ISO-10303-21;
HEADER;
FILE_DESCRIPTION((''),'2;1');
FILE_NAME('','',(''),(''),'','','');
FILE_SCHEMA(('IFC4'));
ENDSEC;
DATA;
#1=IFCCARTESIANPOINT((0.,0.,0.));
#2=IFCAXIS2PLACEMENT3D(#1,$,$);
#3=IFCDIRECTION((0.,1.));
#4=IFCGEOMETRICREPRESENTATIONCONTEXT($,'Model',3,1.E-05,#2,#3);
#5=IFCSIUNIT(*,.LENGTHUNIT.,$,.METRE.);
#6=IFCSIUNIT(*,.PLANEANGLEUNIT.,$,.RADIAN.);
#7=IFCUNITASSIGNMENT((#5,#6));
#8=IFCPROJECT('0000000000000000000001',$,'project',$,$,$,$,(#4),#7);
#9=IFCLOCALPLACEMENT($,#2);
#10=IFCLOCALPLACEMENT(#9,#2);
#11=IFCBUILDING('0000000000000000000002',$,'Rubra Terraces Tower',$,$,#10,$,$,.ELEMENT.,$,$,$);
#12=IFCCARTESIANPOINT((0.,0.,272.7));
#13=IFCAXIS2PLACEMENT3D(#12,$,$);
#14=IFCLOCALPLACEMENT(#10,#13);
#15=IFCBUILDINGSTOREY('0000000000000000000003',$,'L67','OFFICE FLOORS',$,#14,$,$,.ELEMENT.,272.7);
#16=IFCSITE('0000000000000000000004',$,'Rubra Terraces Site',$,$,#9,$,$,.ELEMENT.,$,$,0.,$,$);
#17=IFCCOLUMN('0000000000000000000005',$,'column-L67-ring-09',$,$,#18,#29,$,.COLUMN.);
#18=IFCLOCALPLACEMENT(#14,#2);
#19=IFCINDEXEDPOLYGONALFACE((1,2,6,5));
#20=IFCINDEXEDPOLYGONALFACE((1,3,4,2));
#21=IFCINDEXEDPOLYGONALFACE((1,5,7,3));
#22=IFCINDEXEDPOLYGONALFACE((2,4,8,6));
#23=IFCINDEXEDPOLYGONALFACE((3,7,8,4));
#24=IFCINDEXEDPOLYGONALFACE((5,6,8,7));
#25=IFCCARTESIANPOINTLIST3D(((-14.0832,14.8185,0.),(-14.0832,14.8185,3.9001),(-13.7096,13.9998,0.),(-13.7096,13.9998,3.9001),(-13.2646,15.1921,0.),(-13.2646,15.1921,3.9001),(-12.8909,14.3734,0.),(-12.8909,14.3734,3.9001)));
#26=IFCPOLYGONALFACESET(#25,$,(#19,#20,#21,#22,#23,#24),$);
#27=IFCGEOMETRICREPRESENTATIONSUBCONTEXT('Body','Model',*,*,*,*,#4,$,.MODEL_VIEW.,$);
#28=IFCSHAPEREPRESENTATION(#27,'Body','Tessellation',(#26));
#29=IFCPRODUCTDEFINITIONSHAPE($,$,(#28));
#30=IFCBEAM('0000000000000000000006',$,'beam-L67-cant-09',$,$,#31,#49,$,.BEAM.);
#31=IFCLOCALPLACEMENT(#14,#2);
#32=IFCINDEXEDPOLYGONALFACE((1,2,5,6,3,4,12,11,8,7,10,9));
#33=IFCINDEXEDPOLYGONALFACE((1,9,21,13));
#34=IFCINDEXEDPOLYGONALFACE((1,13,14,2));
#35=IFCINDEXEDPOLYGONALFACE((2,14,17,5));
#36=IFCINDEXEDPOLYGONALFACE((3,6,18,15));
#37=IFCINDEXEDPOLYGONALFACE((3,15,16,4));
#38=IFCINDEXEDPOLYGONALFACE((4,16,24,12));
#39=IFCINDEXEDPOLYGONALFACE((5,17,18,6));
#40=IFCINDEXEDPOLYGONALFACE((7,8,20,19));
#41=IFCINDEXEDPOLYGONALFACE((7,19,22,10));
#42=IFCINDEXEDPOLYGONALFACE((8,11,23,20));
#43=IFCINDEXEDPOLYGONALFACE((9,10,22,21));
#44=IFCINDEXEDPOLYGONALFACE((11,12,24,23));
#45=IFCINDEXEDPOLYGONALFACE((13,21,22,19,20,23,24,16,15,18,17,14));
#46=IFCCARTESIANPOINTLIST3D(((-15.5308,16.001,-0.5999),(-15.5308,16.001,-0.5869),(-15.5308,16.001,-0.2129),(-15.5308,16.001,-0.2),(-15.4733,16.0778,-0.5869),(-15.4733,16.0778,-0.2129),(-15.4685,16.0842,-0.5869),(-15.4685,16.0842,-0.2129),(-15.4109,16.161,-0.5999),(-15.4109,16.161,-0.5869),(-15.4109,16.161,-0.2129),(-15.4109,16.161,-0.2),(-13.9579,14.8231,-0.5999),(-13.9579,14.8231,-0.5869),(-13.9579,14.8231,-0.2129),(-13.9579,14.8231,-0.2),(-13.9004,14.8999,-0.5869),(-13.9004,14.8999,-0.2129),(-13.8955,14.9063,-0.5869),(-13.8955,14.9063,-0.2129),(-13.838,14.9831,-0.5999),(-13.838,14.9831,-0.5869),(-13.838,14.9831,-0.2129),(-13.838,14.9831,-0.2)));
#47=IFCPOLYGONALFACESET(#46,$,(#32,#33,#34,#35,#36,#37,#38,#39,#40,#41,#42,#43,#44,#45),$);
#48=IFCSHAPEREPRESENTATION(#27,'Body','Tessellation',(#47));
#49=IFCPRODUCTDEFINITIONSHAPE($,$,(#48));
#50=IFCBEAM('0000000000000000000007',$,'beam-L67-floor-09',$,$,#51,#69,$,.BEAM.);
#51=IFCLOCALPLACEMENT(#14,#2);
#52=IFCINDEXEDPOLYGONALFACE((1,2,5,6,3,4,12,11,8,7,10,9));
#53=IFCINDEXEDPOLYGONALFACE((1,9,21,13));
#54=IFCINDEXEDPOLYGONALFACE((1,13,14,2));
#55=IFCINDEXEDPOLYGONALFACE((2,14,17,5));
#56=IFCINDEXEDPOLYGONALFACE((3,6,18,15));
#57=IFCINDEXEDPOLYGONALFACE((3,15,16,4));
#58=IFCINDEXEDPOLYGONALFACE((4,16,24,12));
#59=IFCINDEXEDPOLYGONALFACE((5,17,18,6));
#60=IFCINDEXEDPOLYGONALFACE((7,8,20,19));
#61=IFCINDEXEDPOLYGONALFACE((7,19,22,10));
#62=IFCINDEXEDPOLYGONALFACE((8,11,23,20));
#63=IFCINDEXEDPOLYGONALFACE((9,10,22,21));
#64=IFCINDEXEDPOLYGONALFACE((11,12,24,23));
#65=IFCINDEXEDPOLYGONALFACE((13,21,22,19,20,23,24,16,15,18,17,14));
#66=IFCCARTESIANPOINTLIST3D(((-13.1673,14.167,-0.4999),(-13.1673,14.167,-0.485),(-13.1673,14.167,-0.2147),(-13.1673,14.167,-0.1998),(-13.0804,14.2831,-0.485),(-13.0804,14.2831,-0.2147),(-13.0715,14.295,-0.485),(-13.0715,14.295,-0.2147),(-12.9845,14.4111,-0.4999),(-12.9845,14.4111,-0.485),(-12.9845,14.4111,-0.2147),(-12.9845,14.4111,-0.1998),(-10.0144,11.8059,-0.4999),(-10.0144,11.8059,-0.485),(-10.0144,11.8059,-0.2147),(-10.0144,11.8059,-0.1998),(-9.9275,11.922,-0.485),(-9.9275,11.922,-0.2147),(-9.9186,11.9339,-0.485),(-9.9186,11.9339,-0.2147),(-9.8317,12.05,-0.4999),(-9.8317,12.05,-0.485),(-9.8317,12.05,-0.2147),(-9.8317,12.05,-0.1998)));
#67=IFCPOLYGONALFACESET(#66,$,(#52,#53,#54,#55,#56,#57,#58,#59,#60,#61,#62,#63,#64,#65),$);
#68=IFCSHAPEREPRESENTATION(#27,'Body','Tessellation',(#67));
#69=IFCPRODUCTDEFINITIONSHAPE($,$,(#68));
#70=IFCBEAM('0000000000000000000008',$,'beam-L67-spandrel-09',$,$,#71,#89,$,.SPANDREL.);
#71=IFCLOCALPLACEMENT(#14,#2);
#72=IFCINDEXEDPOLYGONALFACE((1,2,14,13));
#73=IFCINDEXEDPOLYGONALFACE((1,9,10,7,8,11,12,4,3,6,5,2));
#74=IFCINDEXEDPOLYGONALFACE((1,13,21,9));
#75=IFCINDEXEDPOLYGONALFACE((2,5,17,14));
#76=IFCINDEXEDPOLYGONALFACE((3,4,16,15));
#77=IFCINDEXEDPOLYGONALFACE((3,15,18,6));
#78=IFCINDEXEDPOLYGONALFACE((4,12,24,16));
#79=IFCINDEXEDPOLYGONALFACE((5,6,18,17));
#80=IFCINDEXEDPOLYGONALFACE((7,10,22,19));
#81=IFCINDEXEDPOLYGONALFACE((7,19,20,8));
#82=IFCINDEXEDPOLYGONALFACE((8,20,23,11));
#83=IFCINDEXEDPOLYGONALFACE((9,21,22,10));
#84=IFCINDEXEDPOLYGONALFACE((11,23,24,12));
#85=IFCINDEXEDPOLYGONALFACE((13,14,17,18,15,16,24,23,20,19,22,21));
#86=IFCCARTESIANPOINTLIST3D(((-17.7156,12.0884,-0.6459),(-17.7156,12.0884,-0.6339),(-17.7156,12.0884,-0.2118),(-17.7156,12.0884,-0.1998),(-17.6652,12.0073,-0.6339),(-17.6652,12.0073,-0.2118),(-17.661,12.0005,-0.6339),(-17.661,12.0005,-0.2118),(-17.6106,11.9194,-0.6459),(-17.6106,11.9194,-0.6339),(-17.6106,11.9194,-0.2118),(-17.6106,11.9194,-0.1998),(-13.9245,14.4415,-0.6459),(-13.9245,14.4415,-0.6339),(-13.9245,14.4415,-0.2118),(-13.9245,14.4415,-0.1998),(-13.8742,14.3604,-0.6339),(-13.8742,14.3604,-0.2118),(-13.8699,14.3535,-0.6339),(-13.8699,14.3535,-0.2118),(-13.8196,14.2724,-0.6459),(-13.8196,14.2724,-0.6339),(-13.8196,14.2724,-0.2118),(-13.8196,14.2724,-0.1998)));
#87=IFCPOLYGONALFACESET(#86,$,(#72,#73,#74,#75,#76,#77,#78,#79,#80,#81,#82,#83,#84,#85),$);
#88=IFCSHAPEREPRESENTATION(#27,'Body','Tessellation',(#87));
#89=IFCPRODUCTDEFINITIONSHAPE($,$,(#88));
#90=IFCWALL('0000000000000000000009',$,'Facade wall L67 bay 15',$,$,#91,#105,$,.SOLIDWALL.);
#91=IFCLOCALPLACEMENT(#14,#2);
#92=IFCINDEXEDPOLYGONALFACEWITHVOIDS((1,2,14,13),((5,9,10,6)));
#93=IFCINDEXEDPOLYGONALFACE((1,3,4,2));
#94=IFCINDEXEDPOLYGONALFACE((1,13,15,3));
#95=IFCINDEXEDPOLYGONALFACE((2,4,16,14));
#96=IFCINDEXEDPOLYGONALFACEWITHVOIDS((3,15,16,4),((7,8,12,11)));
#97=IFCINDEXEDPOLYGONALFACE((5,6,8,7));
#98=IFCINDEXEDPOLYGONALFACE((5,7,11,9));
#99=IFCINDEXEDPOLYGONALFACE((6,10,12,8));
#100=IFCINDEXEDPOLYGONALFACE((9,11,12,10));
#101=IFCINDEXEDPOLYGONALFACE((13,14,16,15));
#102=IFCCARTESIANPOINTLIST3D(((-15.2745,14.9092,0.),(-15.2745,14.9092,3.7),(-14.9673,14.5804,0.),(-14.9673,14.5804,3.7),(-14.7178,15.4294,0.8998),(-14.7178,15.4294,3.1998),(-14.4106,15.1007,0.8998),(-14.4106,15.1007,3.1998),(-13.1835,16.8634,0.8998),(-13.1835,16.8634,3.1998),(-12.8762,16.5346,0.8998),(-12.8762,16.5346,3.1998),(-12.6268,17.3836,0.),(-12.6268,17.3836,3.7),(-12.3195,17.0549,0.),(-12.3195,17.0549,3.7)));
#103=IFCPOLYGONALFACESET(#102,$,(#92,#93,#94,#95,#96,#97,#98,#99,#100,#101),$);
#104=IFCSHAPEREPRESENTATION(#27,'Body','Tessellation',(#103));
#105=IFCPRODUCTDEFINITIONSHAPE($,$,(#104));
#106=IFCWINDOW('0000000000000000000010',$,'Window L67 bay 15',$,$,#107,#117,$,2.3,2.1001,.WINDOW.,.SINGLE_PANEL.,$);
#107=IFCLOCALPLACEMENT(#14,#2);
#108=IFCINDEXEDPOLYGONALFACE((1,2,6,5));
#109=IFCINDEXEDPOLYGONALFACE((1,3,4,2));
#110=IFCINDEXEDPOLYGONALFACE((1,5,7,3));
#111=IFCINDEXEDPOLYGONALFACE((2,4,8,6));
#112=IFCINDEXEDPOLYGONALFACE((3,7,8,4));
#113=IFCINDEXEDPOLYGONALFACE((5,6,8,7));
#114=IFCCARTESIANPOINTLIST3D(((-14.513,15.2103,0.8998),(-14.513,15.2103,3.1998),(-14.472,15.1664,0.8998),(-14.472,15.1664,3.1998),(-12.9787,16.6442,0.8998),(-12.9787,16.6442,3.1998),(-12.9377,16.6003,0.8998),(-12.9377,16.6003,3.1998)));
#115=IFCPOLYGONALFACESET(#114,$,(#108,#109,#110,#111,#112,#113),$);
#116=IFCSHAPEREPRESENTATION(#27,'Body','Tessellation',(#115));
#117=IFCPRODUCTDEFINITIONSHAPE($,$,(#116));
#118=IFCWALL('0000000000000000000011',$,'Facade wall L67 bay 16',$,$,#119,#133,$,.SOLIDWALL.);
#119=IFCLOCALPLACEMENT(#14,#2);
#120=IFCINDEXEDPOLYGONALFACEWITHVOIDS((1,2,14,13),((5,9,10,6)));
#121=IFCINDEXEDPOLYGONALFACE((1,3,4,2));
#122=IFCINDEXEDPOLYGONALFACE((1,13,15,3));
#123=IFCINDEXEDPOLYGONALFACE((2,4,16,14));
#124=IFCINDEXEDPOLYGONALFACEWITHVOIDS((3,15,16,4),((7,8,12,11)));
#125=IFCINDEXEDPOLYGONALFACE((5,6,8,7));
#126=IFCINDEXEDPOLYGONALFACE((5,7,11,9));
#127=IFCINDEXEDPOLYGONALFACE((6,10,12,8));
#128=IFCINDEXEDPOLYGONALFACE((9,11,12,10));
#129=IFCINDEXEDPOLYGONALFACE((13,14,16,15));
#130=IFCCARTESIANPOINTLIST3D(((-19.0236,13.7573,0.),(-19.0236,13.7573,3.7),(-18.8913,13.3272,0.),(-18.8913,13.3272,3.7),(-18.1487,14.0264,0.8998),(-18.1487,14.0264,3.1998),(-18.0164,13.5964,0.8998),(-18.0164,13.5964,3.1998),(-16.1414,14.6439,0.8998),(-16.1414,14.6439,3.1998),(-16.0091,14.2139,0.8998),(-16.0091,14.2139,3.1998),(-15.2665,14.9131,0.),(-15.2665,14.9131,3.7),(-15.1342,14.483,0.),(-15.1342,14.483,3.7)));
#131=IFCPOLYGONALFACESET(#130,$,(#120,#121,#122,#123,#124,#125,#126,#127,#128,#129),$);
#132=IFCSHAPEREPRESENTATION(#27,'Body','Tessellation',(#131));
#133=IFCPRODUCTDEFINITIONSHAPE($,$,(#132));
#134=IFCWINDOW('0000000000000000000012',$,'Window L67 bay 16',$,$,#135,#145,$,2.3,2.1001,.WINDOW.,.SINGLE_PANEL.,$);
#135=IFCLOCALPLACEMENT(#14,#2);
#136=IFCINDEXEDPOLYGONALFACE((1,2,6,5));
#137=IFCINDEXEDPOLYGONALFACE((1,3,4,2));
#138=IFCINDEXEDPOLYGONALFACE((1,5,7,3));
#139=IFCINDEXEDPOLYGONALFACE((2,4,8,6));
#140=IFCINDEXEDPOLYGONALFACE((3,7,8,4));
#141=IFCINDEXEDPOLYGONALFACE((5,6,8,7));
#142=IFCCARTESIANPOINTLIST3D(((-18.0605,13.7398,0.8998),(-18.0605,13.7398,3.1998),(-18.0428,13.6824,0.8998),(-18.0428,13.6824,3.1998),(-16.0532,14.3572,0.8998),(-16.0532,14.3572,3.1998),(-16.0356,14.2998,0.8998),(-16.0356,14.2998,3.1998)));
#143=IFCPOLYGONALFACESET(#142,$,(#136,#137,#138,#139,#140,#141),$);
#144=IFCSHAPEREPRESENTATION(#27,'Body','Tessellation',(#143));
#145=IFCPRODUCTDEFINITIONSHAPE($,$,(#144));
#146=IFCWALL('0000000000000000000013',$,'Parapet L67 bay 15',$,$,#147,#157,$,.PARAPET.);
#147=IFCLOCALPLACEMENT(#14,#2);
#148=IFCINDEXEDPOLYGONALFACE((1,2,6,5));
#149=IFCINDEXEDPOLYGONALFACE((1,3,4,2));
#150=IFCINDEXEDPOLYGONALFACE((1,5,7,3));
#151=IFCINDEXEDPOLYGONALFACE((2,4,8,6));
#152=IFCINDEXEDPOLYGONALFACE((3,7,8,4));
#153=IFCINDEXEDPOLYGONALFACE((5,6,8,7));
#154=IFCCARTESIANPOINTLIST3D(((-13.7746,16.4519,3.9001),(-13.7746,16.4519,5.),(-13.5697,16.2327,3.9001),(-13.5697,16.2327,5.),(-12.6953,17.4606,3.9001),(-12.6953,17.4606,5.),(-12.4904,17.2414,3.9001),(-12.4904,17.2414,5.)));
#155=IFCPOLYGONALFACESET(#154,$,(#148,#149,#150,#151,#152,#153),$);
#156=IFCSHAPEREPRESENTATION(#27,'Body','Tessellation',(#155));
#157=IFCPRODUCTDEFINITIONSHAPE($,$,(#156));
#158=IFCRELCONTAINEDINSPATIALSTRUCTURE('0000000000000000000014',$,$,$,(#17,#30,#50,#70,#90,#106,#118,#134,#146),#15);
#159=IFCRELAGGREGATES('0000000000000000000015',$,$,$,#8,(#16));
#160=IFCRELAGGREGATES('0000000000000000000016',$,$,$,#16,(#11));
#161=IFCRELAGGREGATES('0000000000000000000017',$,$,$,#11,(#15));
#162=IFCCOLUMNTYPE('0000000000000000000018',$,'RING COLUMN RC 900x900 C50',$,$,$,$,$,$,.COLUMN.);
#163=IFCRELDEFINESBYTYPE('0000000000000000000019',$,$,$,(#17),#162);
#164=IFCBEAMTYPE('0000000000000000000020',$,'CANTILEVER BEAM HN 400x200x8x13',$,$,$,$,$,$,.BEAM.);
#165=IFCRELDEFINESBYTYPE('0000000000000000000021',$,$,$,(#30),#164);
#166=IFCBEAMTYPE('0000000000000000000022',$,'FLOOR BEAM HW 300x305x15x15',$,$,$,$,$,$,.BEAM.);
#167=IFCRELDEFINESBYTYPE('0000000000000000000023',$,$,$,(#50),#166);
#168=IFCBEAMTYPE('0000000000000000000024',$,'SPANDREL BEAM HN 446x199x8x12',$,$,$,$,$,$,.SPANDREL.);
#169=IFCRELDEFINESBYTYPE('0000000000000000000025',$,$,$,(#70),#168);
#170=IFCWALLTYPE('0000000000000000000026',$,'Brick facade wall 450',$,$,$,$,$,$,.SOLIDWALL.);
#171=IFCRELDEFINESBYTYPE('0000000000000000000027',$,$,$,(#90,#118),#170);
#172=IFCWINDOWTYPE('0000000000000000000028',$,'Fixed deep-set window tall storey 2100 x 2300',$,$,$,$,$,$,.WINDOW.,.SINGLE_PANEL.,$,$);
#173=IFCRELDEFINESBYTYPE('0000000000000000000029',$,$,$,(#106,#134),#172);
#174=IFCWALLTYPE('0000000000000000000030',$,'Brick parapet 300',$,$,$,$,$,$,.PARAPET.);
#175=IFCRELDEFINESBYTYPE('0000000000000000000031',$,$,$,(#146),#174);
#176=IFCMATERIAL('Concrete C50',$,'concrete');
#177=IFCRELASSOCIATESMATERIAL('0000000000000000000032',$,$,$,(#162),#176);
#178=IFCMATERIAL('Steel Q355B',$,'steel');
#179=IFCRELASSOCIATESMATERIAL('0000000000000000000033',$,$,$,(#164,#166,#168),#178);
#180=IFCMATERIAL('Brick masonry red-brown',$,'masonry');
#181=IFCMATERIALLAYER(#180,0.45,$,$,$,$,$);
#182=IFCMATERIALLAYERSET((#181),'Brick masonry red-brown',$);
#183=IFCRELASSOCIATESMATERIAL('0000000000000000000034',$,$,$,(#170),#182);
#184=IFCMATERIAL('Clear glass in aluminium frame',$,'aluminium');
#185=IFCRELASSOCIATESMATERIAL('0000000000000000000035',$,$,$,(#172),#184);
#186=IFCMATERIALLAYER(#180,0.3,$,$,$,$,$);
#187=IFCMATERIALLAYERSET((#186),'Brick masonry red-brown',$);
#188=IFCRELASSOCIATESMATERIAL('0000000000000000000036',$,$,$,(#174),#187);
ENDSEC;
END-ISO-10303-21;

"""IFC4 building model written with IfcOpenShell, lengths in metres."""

from ifc_helpers import new_model, si_unit, direction, frame, frame_2d, origin, origin_2d, place, context, subcontext, project, spatial, rectangle, i_section, extrude, material, layer, layer_set, material_profile, profile_set, type_object, element, fill, save


model = new_model("IFC4")

# Units and contexts
model_context = context("Model", 3, precision=1e-05, world=origin(), true_north=direction((0.0, 1.0)))
body_context = subcontext(model_context, "Body", "Model", "MODEL_VIEW")
ifc_project = project(units=[si_unit("LENGTHUNIT", "METRE"), si_unit("PLANEANGLEUNIT", "RADIAN")], contexts=[model_context])

# Site, building, storey
site_placement = place(None, origin())
site = spatial("IfcSite", under=ifc_project, at=site_placement, Name="Rubra Terraces Site", CompositionType="ELEMENT", RefElevation=0.0)
building_placement = place(site_placement, origin())
building = spatial("IfcBuilding", under=site, at=building_placement, Name="Rubra Terraces Tower", CompositionType="ELEMENT")
storey_placement = place(building_placement, frame((0.0, 0.0, 272.7)))
storey = spatial("IfcBuildingStorey", under=building, at=storey_placement, Name="L67", Description="OFFICE FLOORS", CompositionType="ELEMENT", Elevation=272.7)

# Column
ifc_material_1 = material(Name="Concrete C50", Category="concrete")
ifc_material_profile_1 = material_profile(ifc_material_1, rectangle(XDim=0.8999, YDim=0.8999, at=origin_2d()), Name="RC 900x900")
ifc_profile_set_1 = profile_set([ifc_material_profile_1], Name="Concrete C50")
column_type = type_object("IfcColumnType", Name="RING COLUMN RC 900x900 C50", PredefinedType="COLUMN", material=ifc_profile_set_1)
column_placement = place(storey_placement, frame((-13.4871, 14.5959, 0.0), z_axis=(0.0, 0.0, 1.0), x_axis=(-0.909726, -0.415208, 0.0)))
element("IfcColumn", 1, at=column_placement, inside=storey, type_object=column_type, Name="column-L67-ring-09", PredefinedType="COLUMN", context=body_context, shape_type="SweptSolid", body=[
    extrude(rectangle(XDim=0.8999, YDim=0.8999, at=origin_2d()), origin(), (0.0, 0.0, 1.0), 3.9001),
])

# Beams
ifc_material_2 = material(Name="Steel Q355B", Category="steel")
ifc_material_profile_2 = material_profile(ifc_material_2, i_section(OverallWidth=0.2, OverallDepth=0.3999, WebThickness=0.0081, FlangeThickness=0.0129, at=origin_2d()), Name="HN 400x200x8x13")
ifc_profile_set_2 = profile_set([ifc_material_profile_2], Name="Steel Q355B")
beam_type_1 = type_object("IfcBeamType", Name="CANTILEVER BEAM HN 400x200x8x13", PredefinedType="BEAM", material=ifc_profile_set_2)
beam_1_placement = place(storey_placement, frame((-13.8979, 14.9031, -0.3999), z_axis=(-0.800432, 0.599423, 0.0), x_axis=(-0.599423, -0.800432, 0.0)))
element("IfcBeam", 2, at=beam_1_placement, inside=storey, type_object=beam_type_1, Name="beam-L67-cant-09", PredefinedType="BEAM", context=body_context, shape_type="SweptSolid", body=[
    extrude(i_section(OverallWidth=0.2, OverallDepth=0.3999, WebThickness=0.0081, FlangeThickness=0.0129, at=origin_2d()), origin(), (0.0, 0.0, 1.0), 1.9651),
])
ifc_material_profile_3 = material_profile(ifc_material_2, i_section(OverallWidth=0.3049, OverallDepth=0.3, WebThickness=0.0149, FlangeThickness=0.0149, at=origin_2d()), Name="HW 300x305x15x15")
ifc_profile_set_3 = profile_set([ifc_material_profile_3], Name="Steel Q355B")
beam_type_2 = type_object("IfcBeamType", Name="FLOOR BEAM HW 300x305x15x15", PredefinedType="BEAM", material=ifc_profile_set_3)
beam_2_placement = place(storey_placement, frame((-13.0759, 14.2891, -0.3499), z_axis=(0.800431, -0.599425, 0.0), x_axis=(0.599425, 0.800431, 0.0)))
element("IfcBeam", 3, at=beam_2_placement, inside=storey, type_object=beam_type_2, Name="beam-L67-floor-09", PredefinedType="BEAM", context=body_context, shape_type="SweptSolid", body=[
    extrude(i_section(OverallWidth=0.3049, OverallDepth=0.3, WebThickness=0.0149, FlangeThickness=0.0149, at=origin_2d()), origin(), (0.0, 0.0, 1.0), 3.939),
])
ifc_material_profile_4 = material_profile(ifc_material_2, i_section(OverallWidth=0.199, OverallDepth=0.446, WebThickness=0.0081, FlangeThickness=0.012, at=origin_2d()), Name="HN 446x199x8x12")
ifc_profile_set_4 = profile_set([ifc_material_profile_4], Name="Steel Q355B")
beam_type_3 = type_object("IfcBeamType", Name="SPANDREL BEAM HN 446x199x8x12", PredefinedType="SPANDREL", material=ifc_profile_set_4)
beam_3_placement = place(storey_placement, frame((-13.8721, 14.3569, -0.4229), z_axis=(-0.849642, -0.52736, 0.0), x_axis=(0.52736, -0.849642, 0.0)))
element("IfcBeam", 4, at=beam_3_placement, inside=storey, type_object=beam_type_3, Name="beam-L67-spandrel-09", PredefinedType="SPANDREL", context=body_context, shape_type="SweptSolid", body=[
    extrude(i_section(OverallWidth=0.199, OverallDepth=0.446, WebThickness=0.0081, FlangeThickness=0.012, at=origin_2d()), origin(), (0.0, 0.0, 1.0), 4.4619),
])

# Walls, openings, windows
ifc_material_3 = material(Name="Brick masonry red-brown", Category="masonry")
ifc_layer_1 = layer(ifc_material_3, 0.45)
ifc_layer_set_1 = layer_set([ifc_layer_1], Name="Brick masonry red-brown")
wall_type_1 = type_object("IfcWallType", Name="Brick facade wall 450", PredefinedType="SOLIDWALL", material=ifc_layer_set_1)
wall_1_placement = place(storey_placement, frame((-12.4731, 17.2192, 0.0), z_axis=(0.0, 0.0, 1.0), x_axis=(-0.730618, -0.682786, 0.0)))
wall_1 = element("IfcWall", 5, at=wall_1_placement, inside=storey, type_object=wall_type_1, Name="Facade wall L67 bay 15", PredefinedType="SOLIDWALL", context=body_context, shape_type="SweptSolid", body=[
    extrude(rectangle(XDim=3.624, YDim=0.45, at=frame_2d((1.812, 0.0))), origin(), (0.0, 0.0, 1.0), 3.7),
])
opening_1_placement = place(wall_1_placement, frame((0.762, 0.0, 0.8999)))
opening_1 = element("IfcOpeningElement", 6, at=opening_1_placement, cuts=wall_1, PredefinedType="OPENING", context=body_context, shape_type="SweptSolid", body=[
    extrude(rectangle(XDim=2.1001, YDim=2.3, at=frame_2d((1.05, 1.1499))), frame((0.0, 0.2349, 0.0), z_axis=(0.0, -1.0, 0.0), x_axis=(1.0, 0.0, 0.0)), (0.0, 0.0, 1.0), 0.47),
])
ifc_material_4 = material(Name="Clear glass in aluminium frame", Category="aluminium")
window_type = type_object("IfcWindowType", Name="Fixed deep-set window tall storey 2100 x 2300", PartitioningType="SINGLE_PANEL", PredefinedType="WINDOW", material=ifc_material_4)
window_1_placement = place(opening_1_placement, origin())
window_1 = element("IfcWindow", 7, at=window_1_placement, inside=storey, type_object=window_type, Name="Window L67 bay 15", OverallHeight=2.3, OverallWidth=2.1001, PartitioningType="SINGLE_PANEL", PredefinedType="WINDOW", context=body_context, shape_type="SweptSolid", body=[
    extrude(rectangle(XDim=2.1001, YDim=2.3, at=frame_2d((1.05, 1.1499))), frame((0.0, 0.135, 0.0), z_axis=(0.0, -1.0, 0.0), x_axis=(1.0, 0.0, 0.0)), (0.0, 0.0, 1.0), 0.0601),
])
fill(opening_1, window_1)
wall_2_placement = place(storey_placement, frame((-15.2004, 14.698, 0.0), z_axis=(0.0, 0.0, 1.0), x_axis=(-0.955798, -0.294025, 0.0)))
wall_2 = element("IfcWall", 8, at=wall_2_placement, inside=storey, type_object=wall_type_1, Name="Facade wall L67 bay 16", PredefinedType="SOLIDWALL", context=body_context, shape_type="SweptSolid", body=[
    extrude(rectangle(XDim=3.9309, YDim=0.45, at=frame_2d((1.9653, 0.0))), origin(), (0.0, 0.0, 1.0), 3.7),
])
opening_2_placement = place(wall_2_placement, frame((0.9153, 0.0, 0.8999)))
opening_2 = element("IfcOpeningElement", 9, at=opening_2_placement, cuts=wall_2, PredefinedType="OPENING", context=body_context, shape_type="SweptSolid", body=[
    extrude(rectangle(XDim=2.1001, YDim=2.3, at=frame_2d((1.05, 1.1499))), frame((0.0, 0.2349, 0.0), z_axis=(0.0, -1.0, 0.0), x_axis=(1.0, 0.0, 0.0)), (0.0, 0.0, 1.0), 0.47),
])
window_2_placement = place(opening_2_placement, origin())
window_2 = element("IfcWindow", 10, at=window_2_placement, inside=storey, type_object=window_type, Name="Window L67 bay 16", OverallHeight=2.3, OverallWidth=2.1001, PartitioningType="SINGLE_PANEL", PredefinedType="WINDOW", context=body_context, shape_type="SweptSolid", body=[
    extrude(rectangle(XDim=2.1001, YDim=2.3, at=frame_2d((1.05, 1.1499))), frame((0.0, 0.135, 0.0), z_axis=(0.0, -1.0, 0.0), x_axis=(1.0, 0.0, 0.0)), (0.0, 0.0, 1.0), 0.0601),
])
fill(opening_2, window_2)

# Wall
ifc_layer_2 = layer(ifc_material_3, 0.3)
ifc_layer_set_2 = layer_set([ifc_layer_2], Name="Brick masonry red-brown")
wall_type_2 = type_object("IfcWallType", Name="Brick parapet 300", PredefinedType="PARAPET", material=ifc_layer_set_2)
wall_3_placement = place(storey_placement, frame((-12.5928, 17.3511, 3.9001), z_axis=(0.0, 0.0, 1.0), x_axis=(-0.730582, -0.682824, 0.0)))
element("IfcWall", 11, at=wall_3_placement, inside=storey, type_object=wall_type_2, Name="Parapet L67 bay 15", PredefinedType="PARAPET", context=body_context, shape_type="SweptSolid", body=[
    extrude(rectangle(XDim=1.4773, YDim=0.3, at=frame_2d((0.7388, 0.0))), origin(), (0.0, 0.0, 1.0), 1.0999),
])

save(model, "model.ifc")
